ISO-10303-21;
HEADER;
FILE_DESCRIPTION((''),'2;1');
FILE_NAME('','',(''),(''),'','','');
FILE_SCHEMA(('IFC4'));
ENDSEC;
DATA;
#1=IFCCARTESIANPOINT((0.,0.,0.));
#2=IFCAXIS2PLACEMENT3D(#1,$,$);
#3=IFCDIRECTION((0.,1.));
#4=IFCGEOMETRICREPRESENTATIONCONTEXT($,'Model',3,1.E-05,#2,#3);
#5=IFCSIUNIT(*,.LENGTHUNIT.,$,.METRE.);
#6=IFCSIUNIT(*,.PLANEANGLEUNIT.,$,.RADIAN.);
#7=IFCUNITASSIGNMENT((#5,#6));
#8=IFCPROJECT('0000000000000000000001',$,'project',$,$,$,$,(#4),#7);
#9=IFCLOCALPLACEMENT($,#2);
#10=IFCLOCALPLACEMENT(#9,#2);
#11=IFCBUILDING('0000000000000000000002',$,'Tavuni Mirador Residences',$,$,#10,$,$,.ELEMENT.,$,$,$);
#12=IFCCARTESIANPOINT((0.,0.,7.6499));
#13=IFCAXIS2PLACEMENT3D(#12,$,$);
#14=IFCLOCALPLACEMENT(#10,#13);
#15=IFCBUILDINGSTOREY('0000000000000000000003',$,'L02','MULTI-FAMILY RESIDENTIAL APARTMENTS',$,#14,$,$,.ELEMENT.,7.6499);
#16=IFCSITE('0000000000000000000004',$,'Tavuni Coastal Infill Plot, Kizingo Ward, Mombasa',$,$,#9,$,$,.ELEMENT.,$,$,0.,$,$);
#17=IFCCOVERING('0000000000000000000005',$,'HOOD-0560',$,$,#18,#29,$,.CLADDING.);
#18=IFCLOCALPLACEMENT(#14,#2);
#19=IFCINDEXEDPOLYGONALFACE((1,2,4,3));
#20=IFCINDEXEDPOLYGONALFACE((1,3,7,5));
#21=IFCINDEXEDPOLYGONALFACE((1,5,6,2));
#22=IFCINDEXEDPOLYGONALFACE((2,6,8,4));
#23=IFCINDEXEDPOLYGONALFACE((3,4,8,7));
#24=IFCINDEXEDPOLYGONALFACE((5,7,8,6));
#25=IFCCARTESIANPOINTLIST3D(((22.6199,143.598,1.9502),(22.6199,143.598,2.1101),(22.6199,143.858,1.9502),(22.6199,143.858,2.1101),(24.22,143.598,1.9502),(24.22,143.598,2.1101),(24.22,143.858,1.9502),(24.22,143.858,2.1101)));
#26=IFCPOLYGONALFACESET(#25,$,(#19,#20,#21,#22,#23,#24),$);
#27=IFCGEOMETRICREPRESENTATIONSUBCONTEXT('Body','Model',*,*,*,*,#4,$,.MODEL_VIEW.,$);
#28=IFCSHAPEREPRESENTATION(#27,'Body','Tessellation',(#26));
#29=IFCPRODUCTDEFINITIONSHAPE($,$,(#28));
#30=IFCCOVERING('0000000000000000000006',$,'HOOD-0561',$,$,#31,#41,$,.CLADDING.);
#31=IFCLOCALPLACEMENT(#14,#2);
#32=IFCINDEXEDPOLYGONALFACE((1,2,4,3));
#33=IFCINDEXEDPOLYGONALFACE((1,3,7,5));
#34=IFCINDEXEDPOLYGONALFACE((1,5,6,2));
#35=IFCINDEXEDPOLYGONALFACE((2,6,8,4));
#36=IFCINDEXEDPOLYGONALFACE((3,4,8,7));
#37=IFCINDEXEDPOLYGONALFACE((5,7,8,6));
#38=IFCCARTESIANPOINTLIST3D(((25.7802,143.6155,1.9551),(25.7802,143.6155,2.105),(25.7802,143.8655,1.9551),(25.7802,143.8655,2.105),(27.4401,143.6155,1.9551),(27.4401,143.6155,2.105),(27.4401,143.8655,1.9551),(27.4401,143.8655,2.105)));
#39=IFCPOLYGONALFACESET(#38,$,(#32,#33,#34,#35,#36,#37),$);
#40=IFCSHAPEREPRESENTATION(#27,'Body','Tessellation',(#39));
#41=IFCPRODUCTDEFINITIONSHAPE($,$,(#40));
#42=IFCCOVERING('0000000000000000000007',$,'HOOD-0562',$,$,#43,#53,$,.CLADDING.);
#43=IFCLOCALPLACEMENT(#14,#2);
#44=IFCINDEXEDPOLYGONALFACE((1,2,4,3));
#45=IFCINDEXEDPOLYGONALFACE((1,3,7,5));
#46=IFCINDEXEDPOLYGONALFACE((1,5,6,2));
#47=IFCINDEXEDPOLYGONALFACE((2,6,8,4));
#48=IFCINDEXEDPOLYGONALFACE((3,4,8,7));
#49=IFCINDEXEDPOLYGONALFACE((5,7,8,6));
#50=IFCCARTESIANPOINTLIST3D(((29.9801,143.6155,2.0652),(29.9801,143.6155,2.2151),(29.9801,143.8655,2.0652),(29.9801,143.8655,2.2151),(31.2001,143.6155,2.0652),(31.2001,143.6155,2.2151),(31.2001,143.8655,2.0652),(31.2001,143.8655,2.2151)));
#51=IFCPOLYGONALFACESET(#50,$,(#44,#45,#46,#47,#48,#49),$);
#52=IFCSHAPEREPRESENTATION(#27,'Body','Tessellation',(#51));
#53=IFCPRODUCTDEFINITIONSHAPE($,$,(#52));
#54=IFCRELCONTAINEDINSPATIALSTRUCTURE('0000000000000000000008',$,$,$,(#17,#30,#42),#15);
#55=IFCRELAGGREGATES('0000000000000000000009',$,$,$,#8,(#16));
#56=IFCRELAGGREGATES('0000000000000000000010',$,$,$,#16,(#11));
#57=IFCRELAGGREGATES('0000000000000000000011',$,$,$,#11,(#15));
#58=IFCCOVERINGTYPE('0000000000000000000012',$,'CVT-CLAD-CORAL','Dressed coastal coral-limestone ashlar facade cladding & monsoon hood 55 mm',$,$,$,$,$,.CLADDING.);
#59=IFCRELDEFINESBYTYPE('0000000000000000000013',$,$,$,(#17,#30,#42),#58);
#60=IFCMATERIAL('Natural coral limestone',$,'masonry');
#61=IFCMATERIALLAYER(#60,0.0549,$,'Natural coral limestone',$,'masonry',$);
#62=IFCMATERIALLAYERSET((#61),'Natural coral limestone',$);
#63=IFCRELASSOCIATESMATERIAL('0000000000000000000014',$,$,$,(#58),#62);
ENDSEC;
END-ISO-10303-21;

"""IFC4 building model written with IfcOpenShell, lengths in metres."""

from ifc_helpers import new_model, si_unit, direction, frame, origin, origin_2d, place, context, subcontext, project, spatial, rectangle, extrude, material, layer, layer_set, type_object, element, save


model = new_model("IFC4")

# Units and contexts
model_context = context("Model", 3, precision=1e-05, world=origin(), true_north=direction((0.0, 1.0)))
body_context = subcontext(model_context, "Body", "Model", "MODEL_VIEW")
ifc_project = project(units=[si_unit("LENGTHUNIT", "METRE"), si_unit("PLANEANGLEUNIT", "RADIAN")], contexts=[model_context])

# Site, building, storey
site_placement = place(None, origin())
site = spatial("IfcSite", under=ifc_project, at=site_placement, Name="Tavuni Coastal Infill Plot, Kizingo Ward, Mombasa", CompositionType="ELEMENT", RefElevation=0.0)
building_placement = place(site_placement, origin())
building = spatial("IfcBuilding", under=site, at=building_placement, Name="Tavuni Mirador Residences", CompositionType="ELEMENT")
storey_placement = place(building_placement, frame((0.0, 0.0, 7.6499)))
storey = spatial("IfcBuildingStorey", under=building, at=storey_placement, Name="L02", Description="MULTI-FAMILY RESIDENTIAL APARTMENTS", CompositionType="ELEMENT", Elevation=7.6499)

# Coverings
ifc_material_1 = material(Name="Natural coral limestone", Category="masonry")
ifc_layer_1 = layer(ifc_material_1, 0.0549, Name="Natural coral limestone", Category="masonry")
ifc_layer_set_1 = layer_set([ifc_layer_1], Name="Natural coral limestone")
covering_type = type_object("IfcCoveringType", Name="CVT-CLAD-CORAL", Description="Dressed coastal coral-limestone ashlar facade cladding & monsoon hood 55 mm", PredefinedType="CLADDING", material=ifc_layer_set_1)
covering_1_placement = place(storey_placement, frame((23.4199, 143.728, 1.9502), z_axis=(0.0, 0.0, 1.0), x_axis=(1.0, 0.0, 0.0)))
element("IfcCovering", 1, at=covering_1_placement, inside=storey, type_object=covering_type, Name="HOOD-0560", PredefinedType="CLADDING", context=body_context, shape_type="SweptSolid", body=[
    extrude(rectangle(XDim=1.6001, YDim=0.26, at=origin_2d()), origin(), (0.0, 0.0, 1.0), 0.1599),
])
covering_2_placement = place(storey_placement, frame((26.6101, 143.7405, 1.9551), z_axis=(0.0, 0.0, 1.0), x_axis=(1.0, 0.0, 0.0)))
element("IfcCovering", 2, at=covering_2_placement, inside=storey, type_object=covering_type, Name="HOOD-0561", PredefinedType="CLADDING", context=body_context, shape_type="SweptSolid", body=[
    extrude(rectangle(XDim=1.6599, YDim=0.25, at=origin_2d()), origin(), (0.0, 0.0, 1.0), 0.1499),
])
covering_3_placement = place(storey_placement, frame((30.5901, 143.7405, 2.0652), z_axis=(0.0, 0.0, 1.0), x_axis=(1.0, 0.0, 0.0)))
element("IfcCovering", 3, at=covering_3_placement, inside=storey, type_object=covering_type, Name="HOOD-0562", PredefinedType="CLADDING", context=body_context, shape_type="SweptSolid", body=[
    extrude(rectangle(XDim=1.22, YDim=0.25, at=origin_2d()), origin(), (0.0, 0.0, 1.0), 0.1499),
])

save(model, "model.ifc")
